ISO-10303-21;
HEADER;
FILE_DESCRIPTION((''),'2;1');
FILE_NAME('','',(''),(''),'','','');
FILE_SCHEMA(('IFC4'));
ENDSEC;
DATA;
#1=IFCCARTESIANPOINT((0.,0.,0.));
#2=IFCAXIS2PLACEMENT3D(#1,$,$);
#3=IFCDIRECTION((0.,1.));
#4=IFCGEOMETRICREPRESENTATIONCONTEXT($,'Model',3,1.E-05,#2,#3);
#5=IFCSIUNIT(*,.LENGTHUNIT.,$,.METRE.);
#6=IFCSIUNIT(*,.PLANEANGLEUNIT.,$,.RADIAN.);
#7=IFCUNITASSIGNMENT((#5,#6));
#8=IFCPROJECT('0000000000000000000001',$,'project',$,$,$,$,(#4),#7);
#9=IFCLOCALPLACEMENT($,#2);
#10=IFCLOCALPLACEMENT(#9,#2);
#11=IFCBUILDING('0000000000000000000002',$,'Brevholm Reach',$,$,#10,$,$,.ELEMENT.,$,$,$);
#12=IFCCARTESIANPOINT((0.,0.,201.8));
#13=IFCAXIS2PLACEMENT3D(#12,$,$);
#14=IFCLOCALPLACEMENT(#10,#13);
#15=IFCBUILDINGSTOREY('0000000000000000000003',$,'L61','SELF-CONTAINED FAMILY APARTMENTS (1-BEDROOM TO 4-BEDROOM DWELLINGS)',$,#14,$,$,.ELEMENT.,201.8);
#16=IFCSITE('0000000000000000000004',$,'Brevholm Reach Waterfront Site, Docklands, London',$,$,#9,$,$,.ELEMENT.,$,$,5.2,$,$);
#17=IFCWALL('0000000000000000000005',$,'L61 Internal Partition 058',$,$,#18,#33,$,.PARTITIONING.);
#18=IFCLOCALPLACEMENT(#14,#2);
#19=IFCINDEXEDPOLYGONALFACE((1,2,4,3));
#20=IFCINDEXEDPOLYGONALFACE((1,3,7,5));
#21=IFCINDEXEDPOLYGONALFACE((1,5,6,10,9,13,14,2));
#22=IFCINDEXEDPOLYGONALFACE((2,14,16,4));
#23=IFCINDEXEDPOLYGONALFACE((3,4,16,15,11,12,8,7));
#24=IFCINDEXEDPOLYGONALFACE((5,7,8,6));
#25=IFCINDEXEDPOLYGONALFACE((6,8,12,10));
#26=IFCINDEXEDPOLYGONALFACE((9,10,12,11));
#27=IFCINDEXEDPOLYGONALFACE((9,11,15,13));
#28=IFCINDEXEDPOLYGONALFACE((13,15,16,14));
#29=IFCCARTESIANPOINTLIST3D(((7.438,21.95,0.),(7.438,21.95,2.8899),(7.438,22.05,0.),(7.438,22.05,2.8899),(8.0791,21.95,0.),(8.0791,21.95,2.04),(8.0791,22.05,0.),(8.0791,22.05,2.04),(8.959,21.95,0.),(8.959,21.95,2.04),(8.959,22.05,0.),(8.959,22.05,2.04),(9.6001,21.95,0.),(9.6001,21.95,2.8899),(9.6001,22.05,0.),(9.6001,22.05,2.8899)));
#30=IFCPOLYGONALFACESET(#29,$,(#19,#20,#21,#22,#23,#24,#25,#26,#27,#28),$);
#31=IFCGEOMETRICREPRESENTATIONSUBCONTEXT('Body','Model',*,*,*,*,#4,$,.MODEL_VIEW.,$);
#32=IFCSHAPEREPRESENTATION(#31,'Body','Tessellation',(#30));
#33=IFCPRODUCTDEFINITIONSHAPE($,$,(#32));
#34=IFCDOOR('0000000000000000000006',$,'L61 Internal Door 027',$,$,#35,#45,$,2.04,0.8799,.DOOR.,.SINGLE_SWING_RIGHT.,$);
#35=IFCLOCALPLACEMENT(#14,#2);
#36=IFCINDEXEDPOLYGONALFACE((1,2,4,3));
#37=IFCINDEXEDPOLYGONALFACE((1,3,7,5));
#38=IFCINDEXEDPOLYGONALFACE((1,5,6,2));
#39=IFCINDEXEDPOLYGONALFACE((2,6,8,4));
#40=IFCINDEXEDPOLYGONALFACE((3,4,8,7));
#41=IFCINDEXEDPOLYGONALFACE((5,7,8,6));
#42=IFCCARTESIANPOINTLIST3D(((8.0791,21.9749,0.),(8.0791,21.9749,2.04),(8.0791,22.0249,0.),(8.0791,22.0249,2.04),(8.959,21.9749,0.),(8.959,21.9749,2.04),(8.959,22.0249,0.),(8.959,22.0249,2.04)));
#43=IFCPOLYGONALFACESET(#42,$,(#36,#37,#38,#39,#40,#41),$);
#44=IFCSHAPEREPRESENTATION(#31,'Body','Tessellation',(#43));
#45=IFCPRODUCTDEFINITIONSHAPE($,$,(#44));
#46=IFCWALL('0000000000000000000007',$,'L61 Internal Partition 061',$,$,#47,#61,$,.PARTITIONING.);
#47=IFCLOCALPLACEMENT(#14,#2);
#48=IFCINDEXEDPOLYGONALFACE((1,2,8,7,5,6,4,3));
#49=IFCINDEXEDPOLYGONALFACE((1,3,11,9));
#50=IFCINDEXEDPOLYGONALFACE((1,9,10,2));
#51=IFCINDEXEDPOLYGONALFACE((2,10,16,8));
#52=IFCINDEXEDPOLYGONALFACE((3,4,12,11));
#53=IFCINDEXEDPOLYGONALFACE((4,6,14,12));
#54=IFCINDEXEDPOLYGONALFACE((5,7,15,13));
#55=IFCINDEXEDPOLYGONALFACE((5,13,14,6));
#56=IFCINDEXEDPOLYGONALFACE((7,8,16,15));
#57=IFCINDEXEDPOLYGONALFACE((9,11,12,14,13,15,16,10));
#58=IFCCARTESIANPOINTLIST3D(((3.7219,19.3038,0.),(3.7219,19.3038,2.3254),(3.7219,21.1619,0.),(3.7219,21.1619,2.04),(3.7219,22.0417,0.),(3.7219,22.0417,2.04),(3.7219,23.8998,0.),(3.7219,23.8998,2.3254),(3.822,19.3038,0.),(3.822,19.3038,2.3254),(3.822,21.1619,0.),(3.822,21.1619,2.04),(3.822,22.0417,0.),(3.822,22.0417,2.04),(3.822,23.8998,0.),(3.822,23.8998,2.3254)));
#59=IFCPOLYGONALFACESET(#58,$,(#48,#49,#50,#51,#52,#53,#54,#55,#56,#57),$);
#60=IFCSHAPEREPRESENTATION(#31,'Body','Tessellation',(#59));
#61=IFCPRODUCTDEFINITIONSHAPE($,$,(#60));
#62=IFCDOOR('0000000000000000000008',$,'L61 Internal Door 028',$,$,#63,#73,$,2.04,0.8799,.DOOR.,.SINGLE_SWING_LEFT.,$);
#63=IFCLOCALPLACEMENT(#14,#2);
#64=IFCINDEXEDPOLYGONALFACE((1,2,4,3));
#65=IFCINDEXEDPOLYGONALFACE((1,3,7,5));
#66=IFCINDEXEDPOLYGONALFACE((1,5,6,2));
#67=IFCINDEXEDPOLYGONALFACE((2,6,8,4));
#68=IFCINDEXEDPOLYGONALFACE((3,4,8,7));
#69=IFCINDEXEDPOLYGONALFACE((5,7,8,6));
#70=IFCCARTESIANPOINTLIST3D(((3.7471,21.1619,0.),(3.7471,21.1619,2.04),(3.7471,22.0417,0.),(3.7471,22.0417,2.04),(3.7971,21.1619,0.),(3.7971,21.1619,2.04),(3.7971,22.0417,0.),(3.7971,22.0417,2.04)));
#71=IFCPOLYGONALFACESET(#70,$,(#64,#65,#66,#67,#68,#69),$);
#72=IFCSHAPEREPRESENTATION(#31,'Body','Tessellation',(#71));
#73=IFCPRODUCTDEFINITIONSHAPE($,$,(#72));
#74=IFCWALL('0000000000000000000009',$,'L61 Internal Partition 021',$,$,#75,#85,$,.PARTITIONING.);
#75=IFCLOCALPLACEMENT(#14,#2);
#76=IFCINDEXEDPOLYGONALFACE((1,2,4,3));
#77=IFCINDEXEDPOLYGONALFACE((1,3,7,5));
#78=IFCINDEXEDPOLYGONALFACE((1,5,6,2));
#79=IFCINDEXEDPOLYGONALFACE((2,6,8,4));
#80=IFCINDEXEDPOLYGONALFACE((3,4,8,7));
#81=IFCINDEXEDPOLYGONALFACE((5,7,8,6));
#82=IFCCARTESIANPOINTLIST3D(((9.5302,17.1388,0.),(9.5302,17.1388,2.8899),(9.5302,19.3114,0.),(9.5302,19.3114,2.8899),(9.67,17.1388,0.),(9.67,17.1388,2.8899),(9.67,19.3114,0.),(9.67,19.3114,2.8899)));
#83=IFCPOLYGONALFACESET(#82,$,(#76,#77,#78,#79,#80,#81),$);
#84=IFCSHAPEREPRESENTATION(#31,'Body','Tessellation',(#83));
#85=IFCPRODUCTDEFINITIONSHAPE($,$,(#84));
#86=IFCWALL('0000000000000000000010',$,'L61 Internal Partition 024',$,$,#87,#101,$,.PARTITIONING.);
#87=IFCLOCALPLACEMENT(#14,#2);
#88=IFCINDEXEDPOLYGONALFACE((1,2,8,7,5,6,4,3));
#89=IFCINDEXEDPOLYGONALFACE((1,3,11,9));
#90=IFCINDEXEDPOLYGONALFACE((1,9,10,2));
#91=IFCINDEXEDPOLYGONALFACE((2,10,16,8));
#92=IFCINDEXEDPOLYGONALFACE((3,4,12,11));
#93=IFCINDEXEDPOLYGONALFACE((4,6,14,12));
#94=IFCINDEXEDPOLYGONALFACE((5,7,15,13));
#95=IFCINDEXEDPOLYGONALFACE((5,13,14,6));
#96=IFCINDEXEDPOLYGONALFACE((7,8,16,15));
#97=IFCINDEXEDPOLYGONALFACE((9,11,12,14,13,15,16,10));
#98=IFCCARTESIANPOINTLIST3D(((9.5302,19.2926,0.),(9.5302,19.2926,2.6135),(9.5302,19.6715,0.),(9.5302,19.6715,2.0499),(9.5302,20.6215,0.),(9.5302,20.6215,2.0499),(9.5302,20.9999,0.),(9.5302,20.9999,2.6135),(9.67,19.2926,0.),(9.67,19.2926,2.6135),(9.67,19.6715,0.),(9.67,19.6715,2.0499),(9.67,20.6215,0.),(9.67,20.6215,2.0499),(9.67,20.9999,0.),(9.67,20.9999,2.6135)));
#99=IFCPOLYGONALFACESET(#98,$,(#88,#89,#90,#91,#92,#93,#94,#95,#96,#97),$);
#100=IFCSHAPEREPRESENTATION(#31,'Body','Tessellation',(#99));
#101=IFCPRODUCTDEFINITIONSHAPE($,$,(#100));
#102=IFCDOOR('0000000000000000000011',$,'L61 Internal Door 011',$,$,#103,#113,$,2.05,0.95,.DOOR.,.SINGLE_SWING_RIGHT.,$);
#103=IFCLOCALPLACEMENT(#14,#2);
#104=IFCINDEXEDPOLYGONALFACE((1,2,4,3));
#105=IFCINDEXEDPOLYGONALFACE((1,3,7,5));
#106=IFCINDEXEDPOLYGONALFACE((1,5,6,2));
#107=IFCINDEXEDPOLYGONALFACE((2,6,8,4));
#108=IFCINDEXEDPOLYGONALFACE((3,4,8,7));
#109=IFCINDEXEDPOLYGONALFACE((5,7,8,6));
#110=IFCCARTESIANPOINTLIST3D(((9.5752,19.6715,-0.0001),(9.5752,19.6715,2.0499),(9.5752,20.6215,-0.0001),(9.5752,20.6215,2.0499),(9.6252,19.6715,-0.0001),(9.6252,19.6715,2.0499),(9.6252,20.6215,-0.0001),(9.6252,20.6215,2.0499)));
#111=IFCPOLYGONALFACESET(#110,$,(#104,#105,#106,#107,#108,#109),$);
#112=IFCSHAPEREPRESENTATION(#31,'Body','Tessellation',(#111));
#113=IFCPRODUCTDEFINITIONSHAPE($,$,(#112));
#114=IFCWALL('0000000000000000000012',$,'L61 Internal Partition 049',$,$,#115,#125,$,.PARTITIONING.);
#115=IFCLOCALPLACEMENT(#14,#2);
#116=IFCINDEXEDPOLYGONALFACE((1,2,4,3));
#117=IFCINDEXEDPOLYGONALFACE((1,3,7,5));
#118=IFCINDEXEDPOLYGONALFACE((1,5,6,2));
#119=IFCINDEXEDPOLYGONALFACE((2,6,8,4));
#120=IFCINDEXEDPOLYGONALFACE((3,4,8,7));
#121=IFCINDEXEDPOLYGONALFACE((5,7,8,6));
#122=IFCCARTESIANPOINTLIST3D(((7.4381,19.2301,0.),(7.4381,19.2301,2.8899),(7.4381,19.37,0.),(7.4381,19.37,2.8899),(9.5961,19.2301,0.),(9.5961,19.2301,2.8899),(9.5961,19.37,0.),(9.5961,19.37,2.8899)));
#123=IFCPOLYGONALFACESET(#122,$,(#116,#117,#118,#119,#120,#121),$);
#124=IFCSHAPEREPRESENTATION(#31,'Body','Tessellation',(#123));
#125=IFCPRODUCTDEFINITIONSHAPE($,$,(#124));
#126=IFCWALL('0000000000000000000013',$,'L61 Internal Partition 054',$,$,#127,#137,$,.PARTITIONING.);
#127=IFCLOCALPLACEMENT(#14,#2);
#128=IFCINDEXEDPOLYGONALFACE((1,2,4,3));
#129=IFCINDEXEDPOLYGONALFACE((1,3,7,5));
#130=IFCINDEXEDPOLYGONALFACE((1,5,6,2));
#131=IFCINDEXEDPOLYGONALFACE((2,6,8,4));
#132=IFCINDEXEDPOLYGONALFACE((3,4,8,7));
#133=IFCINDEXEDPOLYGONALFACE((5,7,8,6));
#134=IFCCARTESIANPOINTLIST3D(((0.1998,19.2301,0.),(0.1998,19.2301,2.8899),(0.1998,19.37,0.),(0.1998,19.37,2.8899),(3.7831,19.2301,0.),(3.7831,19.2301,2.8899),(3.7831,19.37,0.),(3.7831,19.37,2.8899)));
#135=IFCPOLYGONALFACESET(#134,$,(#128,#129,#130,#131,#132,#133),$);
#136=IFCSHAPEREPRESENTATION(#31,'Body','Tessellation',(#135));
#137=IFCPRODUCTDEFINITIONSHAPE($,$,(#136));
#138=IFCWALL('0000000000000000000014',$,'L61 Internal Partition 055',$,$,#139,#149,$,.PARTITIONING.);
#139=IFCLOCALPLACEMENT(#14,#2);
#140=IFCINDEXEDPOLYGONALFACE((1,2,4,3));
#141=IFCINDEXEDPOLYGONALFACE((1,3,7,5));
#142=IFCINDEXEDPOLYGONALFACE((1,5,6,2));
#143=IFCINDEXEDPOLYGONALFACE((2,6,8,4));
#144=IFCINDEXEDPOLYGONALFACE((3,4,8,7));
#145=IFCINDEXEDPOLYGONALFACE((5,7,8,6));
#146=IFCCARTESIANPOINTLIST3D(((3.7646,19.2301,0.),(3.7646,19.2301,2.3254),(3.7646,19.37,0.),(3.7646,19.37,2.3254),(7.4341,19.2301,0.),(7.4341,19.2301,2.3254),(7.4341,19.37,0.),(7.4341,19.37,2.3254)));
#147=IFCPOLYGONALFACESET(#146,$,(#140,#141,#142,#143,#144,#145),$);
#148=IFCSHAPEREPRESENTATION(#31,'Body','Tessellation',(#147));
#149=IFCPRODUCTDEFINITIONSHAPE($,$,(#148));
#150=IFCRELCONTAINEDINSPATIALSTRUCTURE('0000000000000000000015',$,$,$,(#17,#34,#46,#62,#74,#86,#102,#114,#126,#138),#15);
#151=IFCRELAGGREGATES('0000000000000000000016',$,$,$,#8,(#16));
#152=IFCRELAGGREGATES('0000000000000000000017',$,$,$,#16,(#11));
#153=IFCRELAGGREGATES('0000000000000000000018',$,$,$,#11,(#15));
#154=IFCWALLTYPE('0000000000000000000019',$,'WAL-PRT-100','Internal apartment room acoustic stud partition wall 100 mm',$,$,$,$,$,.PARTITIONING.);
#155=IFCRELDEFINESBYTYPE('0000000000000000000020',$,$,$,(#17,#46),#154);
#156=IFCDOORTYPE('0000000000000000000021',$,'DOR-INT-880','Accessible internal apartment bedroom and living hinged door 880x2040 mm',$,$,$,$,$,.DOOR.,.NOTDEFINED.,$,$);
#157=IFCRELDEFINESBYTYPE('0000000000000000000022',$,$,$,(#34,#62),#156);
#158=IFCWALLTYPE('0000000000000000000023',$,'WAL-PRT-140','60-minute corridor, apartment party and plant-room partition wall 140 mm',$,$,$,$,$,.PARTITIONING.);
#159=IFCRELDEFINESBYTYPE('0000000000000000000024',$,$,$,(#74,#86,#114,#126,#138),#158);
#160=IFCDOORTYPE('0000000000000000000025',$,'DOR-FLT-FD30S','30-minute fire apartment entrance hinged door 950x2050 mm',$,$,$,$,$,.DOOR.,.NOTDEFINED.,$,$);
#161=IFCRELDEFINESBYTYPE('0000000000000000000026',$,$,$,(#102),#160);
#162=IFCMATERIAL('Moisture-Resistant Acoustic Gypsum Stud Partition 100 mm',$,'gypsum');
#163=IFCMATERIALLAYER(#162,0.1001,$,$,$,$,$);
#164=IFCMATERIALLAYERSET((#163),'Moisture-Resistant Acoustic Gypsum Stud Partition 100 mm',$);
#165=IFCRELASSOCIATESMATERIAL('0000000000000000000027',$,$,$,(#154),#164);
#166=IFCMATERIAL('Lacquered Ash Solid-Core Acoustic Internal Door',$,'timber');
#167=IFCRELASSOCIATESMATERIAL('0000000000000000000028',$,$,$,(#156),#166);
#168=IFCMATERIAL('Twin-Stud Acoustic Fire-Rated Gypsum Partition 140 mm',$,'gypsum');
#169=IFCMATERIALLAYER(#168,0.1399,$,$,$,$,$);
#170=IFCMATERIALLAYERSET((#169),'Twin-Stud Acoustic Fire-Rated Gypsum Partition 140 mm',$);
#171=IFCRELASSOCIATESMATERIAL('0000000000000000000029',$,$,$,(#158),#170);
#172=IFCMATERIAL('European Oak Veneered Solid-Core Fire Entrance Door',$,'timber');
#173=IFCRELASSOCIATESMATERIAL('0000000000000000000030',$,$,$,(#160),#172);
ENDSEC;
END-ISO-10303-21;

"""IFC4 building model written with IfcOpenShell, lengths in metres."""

from ifc_helpers import new_model, si_unit, direction, frame, frame_2d, origin, place, context, subcontext, project, spatial, rectangle, extrude, material, layer, layer_set, type_object, element, fill, save


model = new_model("IFC4")

# Units and contexts
model_context = context("Model", 3, precision=1e-05, world=origin(), true_north=direction((0.0, 1.0)))
body_context = subcontext(model_context, "Body", "Model", "MODEL_VIEW")
ifc_project = project(units=[si_unit("LENGTHUNIT", "METRE"), si_unit("PLANEANGLEUNIT", "RADIAN")], contexts=[model_context])

# Site, building, storey
site_placement = place(None, origin())
site = spatial("IfcSite", under=ifc_project, at=site_placement, Name="Brevholm Reach Waterfront Site, Docklands, London", CompositionType="ELEMENT", RefElevation=5.2)
building_placement = place(site_placement, origin())
building = spatial("IfcBuilding", under=site, at=building_placement, Name="Brevholm Reach", CompositionType="ELEMENT")
storey_placement = place(building_placement, frame((0.0, 0.0, 201.8)))
storey = spatial("IfcBuildingStorey", under=building, at=storey_placement, Name="L61", Description="SELF-CONTAINED FAMILY APARTMENTS (1-BEDROOM TO 4-BEDROOM DWELLINGS)", CompositionType="ELEMENT", Elevation=201.8)

# Shared definitions
ifc_material_1 = material(Name="Moisture-Resistant Acoustic Gypsum Stud Partition 100 mm", Category="gypsum")
ifc_layer_1 = layer(ifc_material_1, 0.1001)
ifc_layer_set_1 = layer_set([ifc_layer_1], Name="Moisture-Resistant Acoustic Gypsum Stud Partition 100 mm")
wall_type_1 = type_object("IfcWallType", Name="WAL-PRT-100", Description="Internal apartment room acoustic stud partition wall 100 mm", PredefinedType="PARTITIONING", material=ifc_layer_set_1)

# Walls, openings, doors
wall_1_placement = place(storey_placement, frame((7.438, 22.0, 0.0), z_axis=(0.0, 0.0, 1.0), x_axis=(1.0, 0.0, 0.0)))
wall_1 = element("IfcWall", 1, at=wall_1_placement, inside=storey, type_object=wall_type_1, Name="L61 Internal Partition 058", PredefinedType="PARTITIONING", context=body_context, shape_type="SweptSolid", body=[
    extrude(rectangle(XDim=2.1621, YDim=0.1001, at=frame_2d((1.0811, 0.0))), origin(), (0.0, 0.0, 1.0), 2.8899),
])
opening_1_placement = place(wall_1_placement, frame((0.6411, 0.0, 0.0)))
opening_1 = element("IfcOpeningElement", 2, at=opening_1_placement, cuts=wall_1, PredefinedType="OPENING", context=body_context, shape_type="SweptSolid", body=[
    extrude(rectangle(XDim=0.8799, YDim=2.04, at=frame_2d((0.4399, 1.02))), frame((0.0, 0.0601, 0.0), z_axis=(0.0, -1.0, 0.0), x_axis=(1.0, 0.0, 0.0)), (0.0, 0.0, 1.0), 0.1201),
])
ifc_material_2 = material(Name="Lacquered Ash Solid-Core Acoustic Internal Door", Category="timber")
door_type_1 = type_object("IfcDoorType", Name="DOR-INT-880", Description="Accessible internal apartment bedroom and living hinged door 880x2040 mm", OperationType="NOTDEFINED", PredefinedType="DOOR", material=ifc_material_2)
door_1_placement = place(opening_1_placement, origin())
door_1 = element("IfcDoor", 3, at=door_1_placement, inside=storey, type_object=door_type_1, Name="L61 Internal Door 027", OperationType="SINGLE_SWING_RIGHT", OverallHeight=2.04, OverallWidth=0.8799, PredefinedType="DOOR", context=body_context, shape_type="SweptSolid", body=[
    extrude(rectangle(XDim=0.8799, YDim=2.04, at=frame_2d((0.4399, 1.02))), frame((0.0, 0.0249, 0.0), z_axis=(0.0, -1.0, 0.0), x_axis=(1.0, 0.0, 0.0)), (0.0, 0.0, 1.0), 0.05),
])
fill(opening_1, door_1)
wall_2_placement = place(storey_placement, frame((3.772, 19.304, 0.0), z_axis=(0.0, 0.0, 1.0), x_axis=(0.0, 1.0, 0.0)))
wall_2 = element("IfcWall", 4, at=wall_2_placement, inside=storey, type_object=wall_type_1, Name="L61 Internal Partition 061", PredefinedType="PARTITIONING", context=body_context, shape_type="SweptSolid", body=[
    extrude(rectangle(XDim=4.5959, YDim=0.1001, at=frame_2d((2.2979, 0.0))), origin(), (0.0, 0.0, 1.0), 2.3254),
])
opening_2_placement = place(wall_2_placement, frame((1.8579, 0.0, 0.0)))
opening_2 = element("IfcOpeningElement", 5, at=opening_2_placement, cuts=wall_2, PredefinedType="OPENING", context=body_context, shape_type="SweptSolid", body=[
    extrude(rectangle(XDim=0.8799, YDim=2.04, at=frame_2d((0.4399, 1.02))), frame((0.0, 0.0601, 0.0), z_axis=(0.0, -1.0, 0.0), x_axis=(1.0, 0.0, 0.0)), (0.0, 0.0, 1.0), 0.1201),
])
door_2_placement = place(opening_2_placement, origin())
door_2 = element("IfcDoor", 6, at=door_2_placement, inside=storey, type_object=door_type_1, Name="L61 Internal Door 028", OperationType="SINGLE_SWING_LEFT", OverallHeight=2.04, OverallWidth=0.8799, PredefinedType="DOOR", context=body_context, shape_type="SweptSolid", body=[
    extrude(rectangle(XDim=0.8799, YDim=2.04, at=frame_2d((0.4399, 1.02))), frame((0.0, 0.0249, 0.0), z_axis=(0.0, -1.0, 0.0), x_axis=(1.0, 0.0, 0.0)), (0.0, 0.0, 1.0), 0.05),
])
fill(opening_2, door_2)

# Wall
ifc_material_3 = material(Name="Twin-Stud Acoustic Fire-Rated Gypsum Partition 140 mm", Category="gypsum")
ifc_layer_2 = layer(ifc_material_3, 0.1399)
ifc_layer_set_2 = layer_set([ifc_layer_2], Name="Twin-Stud Acoustic Fire-Rated Gypsum Partition 140 mm")
wall_type_2 = type_object("IfcWallType", Name="WAL-PRT-140", Description="60-minute corridor, apartment party and plant-room partition wall 140 mm", PredefinedType="PARTITIONING", material=ifc_layer_set_2)
wall_3_placement = place(storey_placement, frame((9.6001, 17.1387, 0.0), z_axis=(0.0, 0.0, 1.0), x_axis=(0.0, 1.0, 0.0)))
element("IfcWall", 7, at=wall_3_placement, inside=storey, type_object=wall_type_2, Name="L61 Internal Partition 021", PredefinedType="PARTITIONING", context=body_context, shape_type="SweptSolid", body=[
    extrude(rectangle(XDim=2.1726, YDim=0.1399, at=frame_2d((1.0864, 0.0))), origin(), (0.0, 0.0, 1.0), 2.8899),
])

# Wall, opening, door
wall_4_placement = place(storey_placement, frame((9.6001, 19.2927, 0.0), z_axis=(0.0, 0.0, 1.0), x_axis=(0.0, 1.0, 0.0)))
wall_4 = element("IfcWall", 8, at=wall_4_placement, inside=storey, type_object=wall_type_2, Name="L61 Internal Partition 024", PredefinedType="PARTITIONING", context=body_context, shape_type="SweptSolid", body=[
    extrude(rectangle(XDim=1.7073, YDim=0.1399, at=frame_2d((0.8535, 0.0))), origin(), (0.0, 0.0, 1.0), 2.6135),
])
opening_3_placement = place(wall_4_placement, frame((0.3787, 0.0, 0.0)))
opening_3 = element("IfcOpeningElement", 9, at=opening_3_placement, cuts=wall_4, PredefinedType="OPENING", context=body_context, shape_type="SweptSolid", body=[
    extrude(rectangle(XDim=0.95, YDim=2.05, at=frame_2d((0.4751, 1.0249))), frame((0.0, 0.0798, 0.0), z_axis=(0.0, -1.0, 0.0), x_axis=(1.0, 0.0, 0.0)), (0.0, 0.0, 1.0), 0.1599),
])
ifc_material_4 = material(Name="European Oak Veneered Solid-Core Fire Entrance Door", Category="timber")
door_type_2 = type_object("IfcDoorType", Name="DOR-FLT-FD30S", Description="30-minute fire apartment entrance hinged door 950x2050 mm", OperationType="NOTDEFINED", PredefinedType="DOOR", material=ifc_material_4)
door_3_placement = place(opening_3_placement, origin())
door_3 = element("IfcDoor", 10, at=door_3_placement, inside=storey, type_object=door_type_2, Name="L61 Internal Door 011", OperationType="SINGLE_SWING_RIGHT", OverallHeight=2.05, OverallWidth=0.95, PredefinedType="DOOR", context=body_context, shape_type="SweptSolid", body=[
    extrude(rectangle(XDim=0.95, YDim=2.05, at=frame_2d((0.4751, 1.0249))), frame((0.0, 0.0249, 0.0), z_axis=(0.0, -1.0, 0.0), x_axis=(1.0, 0.0, 0.0)), (0.0, 0.0, 1.0), 0.05),
])
fill(opening_3, door_3)

# Walls
wall_5_placement = place(storey_placement, frame((7.438, 19.3, 0.0), z_axis=(0.0, 0.0, 1.0), x_axis=(1.0, 0.0, 0.0)))
element("IfcWall", 11, at=wall_5_placement, inside=storey, type_object=wall_type_2, Name="L61 Internal Partition 049", PredefinedType="PARTITIONING", context=body_context, shape_type="SweptSolid", body=[
    extrude(rectangle(XDim=2.158, YDim=0.1399, at=frame_2d((1.0791, 0.0))), origin(), (0.0, 0.0, 1.0), 2.8899),
])
wall_6_placement = place(storey_placement, frame((0.2, 19.3, 0.0), z_axis=(0.0, 0.0, 1.0), x_axis=(1.0, 0.0, 0.0)))
element("IfcWall", 12, at=wall_6_placement, inside=storey, type_object=wall_type_2, Name="L61 Internal Partition 054", PredefinedType="PARTITIONING", context=body_context, shape_type="SweptSolid", body=[
    extrude(rectangle(XDim=3.5833, YDim=0.1399, at=frame_2d((1.7915, 0.0))), origin(), (0.0, 0.0, 1.0), 2.8899),
])
wall_7_placement = place(storey_placement, frame((3.7646, 19.3, 0.0), z_axis=(0.0, 0.0, 1.0), x_axis=(1.0, 0.0, 0.0)))
element("IfcWall", 13, at=wall_7_placement, inside=storey, type_object=wall_type_2, Name="L61 Internal Partition 055", PredefinedType="PARTITIONING", context=body_context, shape_type="SweptSolid", body=[
    extrude(rectangle(XDim=3.6694, YDim=0.1399, at=frame_2d((1.8347, 0.0))), origin(), (0.0, 0.0, 1.0), 2.3254),
])

save(model, "model.ifc")
